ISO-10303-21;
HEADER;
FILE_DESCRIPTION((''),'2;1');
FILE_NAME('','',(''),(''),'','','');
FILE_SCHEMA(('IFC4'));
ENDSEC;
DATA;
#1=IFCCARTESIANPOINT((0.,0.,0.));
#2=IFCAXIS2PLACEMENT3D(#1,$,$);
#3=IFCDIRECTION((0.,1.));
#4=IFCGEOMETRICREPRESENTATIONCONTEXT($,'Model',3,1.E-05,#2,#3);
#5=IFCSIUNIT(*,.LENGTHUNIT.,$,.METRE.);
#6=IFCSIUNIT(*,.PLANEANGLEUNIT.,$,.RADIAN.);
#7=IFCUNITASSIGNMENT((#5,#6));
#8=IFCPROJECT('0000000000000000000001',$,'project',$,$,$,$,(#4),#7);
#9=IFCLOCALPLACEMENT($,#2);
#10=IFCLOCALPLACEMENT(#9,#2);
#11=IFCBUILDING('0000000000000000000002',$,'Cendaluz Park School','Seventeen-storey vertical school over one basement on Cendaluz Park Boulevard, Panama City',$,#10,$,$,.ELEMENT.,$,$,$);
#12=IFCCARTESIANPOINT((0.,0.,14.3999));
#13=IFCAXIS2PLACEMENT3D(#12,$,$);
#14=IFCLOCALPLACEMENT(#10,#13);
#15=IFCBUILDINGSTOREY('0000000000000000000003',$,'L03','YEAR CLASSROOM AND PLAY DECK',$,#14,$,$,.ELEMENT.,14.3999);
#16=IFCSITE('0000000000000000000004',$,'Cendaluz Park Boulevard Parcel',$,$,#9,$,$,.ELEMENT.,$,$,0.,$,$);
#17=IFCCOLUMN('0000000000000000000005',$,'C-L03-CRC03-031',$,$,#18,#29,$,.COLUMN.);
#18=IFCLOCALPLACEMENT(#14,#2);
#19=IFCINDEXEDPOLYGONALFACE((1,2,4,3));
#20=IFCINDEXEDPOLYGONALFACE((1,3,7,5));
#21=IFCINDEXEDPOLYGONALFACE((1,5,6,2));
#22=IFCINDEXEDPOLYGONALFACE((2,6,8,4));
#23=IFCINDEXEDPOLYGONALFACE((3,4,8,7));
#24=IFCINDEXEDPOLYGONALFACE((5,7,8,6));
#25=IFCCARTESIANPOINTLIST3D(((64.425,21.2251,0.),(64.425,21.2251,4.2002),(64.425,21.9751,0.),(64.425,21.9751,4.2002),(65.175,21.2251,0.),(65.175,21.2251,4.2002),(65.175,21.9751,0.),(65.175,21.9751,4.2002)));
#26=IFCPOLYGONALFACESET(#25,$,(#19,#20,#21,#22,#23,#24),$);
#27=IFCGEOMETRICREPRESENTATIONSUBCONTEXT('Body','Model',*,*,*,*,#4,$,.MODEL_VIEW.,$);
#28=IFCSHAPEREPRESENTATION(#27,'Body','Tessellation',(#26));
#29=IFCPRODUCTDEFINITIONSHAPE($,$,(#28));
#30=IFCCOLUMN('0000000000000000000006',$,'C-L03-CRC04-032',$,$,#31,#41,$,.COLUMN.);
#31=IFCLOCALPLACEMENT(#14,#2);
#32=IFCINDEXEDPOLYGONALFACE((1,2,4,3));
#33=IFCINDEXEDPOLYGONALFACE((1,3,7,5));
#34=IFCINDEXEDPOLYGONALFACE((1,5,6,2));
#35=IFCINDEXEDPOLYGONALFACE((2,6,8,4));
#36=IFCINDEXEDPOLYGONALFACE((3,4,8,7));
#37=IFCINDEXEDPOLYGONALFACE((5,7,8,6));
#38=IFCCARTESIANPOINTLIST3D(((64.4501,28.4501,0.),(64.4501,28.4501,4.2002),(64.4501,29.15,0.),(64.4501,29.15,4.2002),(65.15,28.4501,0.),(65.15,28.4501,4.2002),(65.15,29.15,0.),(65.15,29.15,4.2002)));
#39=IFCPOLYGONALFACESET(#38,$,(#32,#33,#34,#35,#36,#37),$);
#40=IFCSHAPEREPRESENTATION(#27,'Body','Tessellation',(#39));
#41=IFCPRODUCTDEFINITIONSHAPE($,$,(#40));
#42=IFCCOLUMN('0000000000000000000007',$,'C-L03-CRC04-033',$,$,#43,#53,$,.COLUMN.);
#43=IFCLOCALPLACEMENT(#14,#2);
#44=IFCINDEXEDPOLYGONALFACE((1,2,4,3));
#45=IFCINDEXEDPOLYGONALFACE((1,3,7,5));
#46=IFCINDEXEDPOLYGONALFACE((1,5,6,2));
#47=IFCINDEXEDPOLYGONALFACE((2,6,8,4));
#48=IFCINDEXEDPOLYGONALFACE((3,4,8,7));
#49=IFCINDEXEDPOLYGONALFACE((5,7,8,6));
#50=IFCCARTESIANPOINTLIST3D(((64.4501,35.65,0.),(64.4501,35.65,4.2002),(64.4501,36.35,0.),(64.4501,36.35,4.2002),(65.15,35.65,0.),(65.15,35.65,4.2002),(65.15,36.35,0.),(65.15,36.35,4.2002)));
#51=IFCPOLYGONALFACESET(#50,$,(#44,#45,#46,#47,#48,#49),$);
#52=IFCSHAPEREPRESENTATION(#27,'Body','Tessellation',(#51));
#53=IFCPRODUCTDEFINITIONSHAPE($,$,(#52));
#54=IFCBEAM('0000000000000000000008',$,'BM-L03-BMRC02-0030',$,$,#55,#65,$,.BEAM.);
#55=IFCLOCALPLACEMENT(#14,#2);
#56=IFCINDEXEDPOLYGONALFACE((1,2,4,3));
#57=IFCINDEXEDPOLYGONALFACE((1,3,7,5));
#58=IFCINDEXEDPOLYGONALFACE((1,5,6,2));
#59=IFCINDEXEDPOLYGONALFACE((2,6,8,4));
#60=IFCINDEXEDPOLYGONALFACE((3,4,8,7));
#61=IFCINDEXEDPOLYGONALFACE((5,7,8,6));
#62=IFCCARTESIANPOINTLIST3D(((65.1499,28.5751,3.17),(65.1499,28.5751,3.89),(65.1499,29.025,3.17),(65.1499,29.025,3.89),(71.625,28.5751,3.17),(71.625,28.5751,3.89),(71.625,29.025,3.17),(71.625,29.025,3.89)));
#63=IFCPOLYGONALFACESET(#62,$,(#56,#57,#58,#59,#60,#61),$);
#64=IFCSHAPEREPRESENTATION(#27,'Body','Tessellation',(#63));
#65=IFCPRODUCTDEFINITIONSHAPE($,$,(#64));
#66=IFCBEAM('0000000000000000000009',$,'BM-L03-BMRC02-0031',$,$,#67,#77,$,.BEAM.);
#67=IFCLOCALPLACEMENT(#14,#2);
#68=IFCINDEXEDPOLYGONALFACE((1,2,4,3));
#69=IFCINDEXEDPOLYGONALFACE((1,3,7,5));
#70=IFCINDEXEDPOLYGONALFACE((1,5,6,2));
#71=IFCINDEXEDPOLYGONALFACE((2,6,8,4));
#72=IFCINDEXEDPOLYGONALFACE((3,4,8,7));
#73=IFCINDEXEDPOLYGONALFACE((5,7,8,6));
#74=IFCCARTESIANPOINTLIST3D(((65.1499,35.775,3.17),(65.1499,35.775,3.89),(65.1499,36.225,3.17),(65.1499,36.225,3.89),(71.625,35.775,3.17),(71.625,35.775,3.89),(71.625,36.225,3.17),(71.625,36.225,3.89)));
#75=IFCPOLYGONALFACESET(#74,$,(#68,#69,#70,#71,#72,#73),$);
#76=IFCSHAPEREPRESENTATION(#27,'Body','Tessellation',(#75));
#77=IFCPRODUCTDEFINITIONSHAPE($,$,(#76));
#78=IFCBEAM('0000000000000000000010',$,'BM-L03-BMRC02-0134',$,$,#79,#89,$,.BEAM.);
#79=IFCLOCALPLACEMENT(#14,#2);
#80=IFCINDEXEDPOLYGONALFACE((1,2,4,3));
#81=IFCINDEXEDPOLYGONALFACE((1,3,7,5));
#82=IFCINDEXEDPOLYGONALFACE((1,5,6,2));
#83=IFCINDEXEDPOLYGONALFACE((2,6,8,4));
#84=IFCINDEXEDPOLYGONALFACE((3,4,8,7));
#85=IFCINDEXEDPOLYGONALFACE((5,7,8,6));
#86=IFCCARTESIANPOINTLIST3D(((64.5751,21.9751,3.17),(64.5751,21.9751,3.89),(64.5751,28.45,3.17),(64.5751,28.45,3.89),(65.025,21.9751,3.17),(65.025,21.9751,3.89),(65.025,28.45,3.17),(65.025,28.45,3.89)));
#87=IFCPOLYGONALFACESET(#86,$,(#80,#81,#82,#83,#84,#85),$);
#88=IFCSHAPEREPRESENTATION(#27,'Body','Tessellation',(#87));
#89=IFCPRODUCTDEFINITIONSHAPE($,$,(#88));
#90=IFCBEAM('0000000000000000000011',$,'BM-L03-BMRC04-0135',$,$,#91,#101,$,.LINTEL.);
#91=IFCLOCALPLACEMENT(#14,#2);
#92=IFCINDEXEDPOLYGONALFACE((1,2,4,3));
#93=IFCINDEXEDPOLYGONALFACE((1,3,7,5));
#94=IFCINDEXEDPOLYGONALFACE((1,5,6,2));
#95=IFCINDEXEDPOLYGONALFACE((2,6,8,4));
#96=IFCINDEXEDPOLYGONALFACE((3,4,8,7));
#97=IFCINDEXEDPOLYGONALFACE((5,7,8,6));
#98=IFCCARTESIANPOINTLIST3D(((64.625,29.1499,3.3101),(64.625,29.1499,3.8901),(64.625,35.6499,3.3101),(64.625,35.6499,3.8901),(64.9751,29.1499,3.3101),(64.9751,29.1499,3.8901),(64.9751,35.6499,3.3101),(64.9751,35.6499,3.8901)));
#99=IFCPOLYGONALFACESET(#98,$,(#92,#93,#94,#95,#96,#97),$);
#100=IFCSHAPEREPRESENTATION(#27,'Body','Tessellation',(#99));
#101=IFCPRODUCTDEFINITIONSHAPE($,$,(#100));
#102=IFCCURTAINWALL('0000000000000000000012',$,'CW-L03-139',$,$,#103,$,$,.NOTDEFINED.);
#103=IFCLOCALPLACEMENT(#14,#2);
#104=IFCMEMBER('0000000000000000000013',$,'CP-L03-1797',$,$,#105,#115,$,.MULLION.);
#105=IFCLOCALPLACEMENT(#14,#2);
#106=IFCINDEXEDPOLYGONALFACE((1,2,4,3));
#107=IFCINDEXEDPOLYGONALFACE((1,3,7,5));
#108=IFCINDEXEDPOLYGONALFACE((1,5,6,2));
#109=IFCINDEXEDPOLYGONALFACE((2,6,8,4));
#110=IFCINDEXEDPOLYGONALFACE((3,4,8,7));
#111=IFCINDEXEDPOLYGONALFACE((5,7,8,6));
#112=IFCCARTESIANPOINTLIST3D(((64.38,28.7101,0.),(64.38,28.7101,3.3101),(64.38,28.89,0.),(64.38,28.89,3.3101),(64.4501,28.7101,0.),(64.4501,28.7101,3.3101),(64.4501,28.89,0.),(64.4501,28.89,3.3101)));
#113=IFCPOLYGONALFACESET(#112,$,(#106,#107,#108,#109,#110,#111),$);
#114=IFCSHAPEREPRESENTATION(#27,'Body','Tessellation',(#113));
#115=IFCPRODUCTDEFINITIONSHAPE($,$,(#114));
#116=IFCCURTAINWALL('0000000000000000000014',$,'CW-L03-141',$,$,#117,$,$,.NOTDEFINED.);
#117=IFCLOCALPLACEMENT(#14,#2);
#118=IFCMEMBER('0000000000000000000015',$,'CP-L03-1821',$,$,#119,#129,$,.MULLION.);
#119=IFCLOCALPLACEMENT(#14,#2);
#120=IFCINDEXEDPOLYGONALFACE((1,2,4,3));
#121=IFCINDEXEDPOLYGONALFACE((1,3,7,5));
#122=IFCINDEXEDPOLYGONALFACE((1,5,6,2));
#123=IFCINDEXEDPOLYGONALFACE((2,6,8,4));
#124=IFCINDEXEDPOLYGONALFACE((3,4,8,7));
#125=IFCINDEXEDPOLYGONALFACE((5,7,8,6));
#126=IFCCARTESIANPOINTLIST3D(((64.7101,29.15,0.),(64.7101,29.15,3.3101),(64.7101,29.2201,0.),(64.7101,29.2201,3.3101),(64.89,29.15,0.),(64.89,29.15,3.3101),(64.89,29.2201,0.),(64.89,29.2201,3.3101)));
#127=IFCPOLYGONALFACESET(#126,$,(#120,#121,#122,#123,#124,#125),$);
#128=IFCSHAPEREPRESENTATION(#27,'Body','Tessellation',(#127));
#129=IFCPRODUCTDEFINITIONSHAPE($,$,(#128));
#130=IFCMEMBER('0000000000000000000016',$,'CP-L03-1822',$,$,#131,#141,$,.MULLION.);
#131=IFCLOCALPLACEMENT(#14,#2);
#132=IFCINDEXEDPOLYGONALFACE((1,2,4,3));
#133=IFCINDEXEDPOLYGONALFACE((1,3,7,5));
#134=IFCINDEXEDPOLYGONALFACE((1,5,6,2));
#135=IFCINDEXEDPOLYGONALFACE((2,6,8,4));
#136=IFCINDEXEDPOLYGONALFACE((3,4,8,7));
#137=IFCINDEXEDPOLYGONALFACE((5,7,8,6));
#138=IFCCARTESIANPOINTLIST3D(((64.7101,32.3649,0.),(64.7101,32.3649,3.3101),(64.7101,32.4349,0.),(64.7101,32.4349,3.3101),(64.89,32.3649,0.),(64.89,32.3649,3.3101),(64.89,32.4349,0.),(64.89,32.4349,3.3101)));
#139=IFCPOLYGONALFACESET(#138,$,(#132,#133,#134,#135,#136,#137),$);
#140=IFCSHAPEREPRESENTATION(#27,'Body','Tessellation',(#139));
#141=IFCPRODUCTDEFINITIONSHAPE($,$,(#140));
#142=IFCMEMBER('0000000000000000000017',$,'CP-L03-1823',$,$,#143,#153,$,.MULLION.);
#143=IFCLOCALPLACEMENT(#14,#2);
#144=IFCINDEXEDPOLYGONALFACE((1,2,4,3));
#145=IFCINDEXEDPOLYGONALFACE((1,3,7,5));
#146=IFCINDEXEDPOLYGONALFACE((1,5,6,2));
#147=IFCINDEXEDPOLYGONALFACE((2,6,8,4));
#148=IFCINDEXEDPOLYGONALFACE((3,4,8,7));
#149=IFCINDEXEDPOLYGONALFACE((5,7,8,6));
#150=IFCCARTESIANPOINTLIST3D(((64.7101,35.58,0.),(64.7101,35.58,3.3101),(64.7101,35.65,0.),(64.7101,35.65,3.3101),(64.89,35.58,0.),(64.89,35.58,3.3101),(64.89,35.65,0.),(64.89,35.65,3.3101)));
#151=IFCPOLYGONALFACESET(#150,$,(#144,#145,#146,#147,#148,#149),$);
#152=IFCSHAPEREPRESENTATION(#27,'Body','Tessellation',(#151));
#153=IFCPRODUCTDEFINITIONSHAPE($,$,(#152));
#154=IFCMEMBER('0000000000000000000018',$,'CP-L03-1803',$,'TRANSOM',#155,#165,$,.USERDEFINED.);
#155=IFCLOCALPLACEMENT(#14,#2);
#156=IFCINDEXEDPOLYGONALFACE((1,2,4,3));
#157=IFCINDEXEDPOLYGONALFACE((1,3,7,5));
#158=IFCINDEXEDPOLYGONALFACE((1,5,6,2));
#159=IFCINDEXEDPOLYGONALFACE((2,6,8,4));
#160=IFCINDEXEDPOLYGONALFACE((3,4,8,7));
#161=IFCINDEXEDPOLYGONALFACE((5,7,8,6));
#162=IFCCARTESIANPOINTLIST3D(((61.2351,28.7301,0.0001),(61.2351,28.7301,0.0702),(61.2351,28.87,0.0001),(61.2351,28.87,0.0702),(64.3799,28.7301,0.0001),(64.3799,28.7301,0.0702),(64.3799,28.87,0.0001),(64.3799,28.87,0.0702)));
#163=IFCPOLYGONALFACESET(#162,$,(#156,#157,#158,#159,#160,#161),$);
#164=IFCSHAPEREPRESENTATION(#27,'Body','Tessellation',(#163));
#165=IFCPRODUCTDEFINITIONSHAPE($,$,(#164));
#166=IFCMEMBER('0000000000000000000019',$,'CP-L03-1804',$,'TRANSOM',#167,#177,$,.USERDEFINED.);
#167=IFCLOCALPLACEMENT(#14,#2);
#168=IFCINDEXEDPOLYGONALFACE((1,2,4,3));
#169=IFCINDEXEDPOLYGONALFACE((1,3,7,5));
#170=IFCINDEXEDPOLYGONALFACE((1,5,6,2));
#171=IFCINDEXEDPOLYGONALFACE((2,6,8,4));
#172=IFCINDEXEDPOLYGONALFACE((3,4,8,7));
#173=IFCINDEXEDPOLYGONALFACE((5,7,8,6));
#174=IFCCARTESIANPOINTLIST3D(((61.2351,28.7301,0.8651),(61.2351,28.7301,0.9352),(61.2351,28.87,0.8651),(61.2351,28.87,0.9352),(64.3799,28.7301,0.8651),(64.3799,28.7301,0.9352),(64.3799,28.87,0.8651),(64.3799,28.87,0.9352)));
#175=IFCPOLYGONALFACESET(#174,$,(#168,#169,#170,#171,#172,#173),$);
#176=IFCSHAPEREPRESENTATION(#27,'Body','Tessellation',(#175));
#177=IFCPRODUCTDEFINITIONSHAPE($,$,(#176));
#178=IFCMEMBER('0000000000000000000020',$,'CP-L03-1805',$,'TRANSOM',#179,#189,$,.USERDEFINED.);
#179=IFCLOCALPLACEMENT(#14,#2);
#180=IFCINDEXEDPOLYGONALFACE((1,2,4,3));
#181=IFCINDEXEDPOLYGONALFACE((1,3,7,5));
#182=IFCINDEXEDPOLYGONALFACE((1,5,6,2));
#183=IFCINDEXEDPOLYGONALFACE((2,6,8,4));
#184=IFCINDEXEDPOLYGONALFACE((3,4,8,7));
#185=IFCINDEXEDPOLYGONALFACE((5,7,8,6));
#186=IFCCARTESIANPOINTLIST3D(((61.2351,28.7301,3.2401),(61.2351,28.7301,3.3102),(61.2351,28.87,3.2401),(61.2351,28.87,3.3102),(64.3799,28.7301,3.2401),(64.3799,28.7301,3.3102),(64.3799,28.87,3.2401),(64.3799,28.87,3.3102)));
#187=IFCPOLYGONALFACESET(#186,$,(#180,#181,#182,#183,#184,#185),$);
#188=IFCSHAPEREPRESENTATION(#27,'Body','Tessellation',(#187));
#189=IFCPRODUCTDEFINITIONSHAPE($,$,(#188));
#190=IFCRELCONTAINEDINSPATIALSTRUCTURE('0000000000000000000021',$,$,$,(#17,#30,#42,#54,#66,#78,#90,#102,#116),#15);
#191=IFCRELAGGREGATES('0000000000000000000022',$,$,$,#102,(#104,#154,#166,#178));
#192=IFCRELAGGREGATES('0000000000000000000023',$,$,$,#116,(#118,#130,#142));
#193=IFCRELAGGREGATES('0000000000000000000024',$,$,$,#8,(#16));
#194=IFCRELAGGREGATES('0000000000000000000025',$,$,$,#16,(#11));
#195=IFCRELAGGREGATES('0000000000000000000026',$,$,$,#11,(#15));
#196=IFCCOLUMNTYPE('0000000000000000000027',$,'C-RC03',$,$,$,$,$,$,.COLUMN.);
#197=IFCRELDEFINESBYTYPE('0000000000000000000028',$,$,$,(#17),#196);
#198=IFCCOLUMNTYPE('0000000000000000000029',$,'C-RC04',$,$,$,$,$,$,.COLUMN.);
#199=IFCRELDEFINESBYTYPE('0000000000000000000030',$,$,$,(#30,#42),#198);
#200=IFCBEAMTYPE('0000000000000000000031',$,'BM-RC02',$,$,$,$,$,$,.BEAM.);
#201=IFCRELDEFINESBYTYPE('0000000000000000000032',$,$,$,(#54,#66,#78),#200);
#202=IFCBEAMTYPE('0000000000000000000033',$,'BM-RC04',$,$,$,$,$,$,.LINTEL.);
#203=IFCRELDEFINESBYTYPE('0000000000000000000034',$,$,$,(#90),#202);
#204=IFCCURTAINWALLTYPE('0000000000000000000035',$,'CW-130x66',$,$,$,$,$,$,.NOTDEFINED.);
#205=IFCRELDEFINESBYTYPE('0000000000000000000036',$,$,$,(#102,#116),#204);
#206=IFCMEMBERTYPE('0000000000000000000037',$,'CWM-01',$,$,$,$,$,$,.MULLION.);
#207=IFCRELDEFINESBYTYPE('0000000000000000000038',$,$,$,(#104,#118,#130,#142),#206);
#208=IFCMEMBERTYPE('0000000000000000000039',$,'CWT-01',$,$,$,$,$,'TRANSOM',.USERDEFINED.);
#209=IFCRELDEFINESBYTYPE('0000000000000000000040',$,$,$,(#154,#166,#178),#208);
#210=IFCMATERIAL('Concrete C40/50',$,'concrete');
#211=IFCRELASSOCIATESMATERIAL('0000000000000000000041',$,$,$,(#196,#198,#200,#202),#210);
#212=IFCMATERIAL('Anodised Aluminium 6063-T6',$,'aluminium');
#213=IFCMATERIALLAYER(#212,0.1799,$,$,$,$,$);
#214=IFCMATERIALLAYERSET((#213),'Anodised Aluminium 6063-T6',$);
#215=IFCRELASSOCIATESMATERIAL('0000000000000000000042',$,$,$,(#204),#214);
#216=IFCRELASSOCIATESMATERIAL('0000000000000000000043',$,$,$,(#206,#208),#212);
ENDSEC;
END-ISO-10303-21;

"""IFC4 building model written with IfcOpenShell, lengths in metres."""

from ifc_helpers import new_model, si_unit, direction, frame, origin, origin_2d, place, context, subcontext, project, spatial, rectangle, extrude, material, layer, layer_set, material_profile, profile_set, type_object, element, aggregate, save


model = new_model("IFC4")

# Units and contexts
model_context = context("Model", 3, precision=1e-05, world=origin(), true_north=direction((0.0, 1.0)))
body_context = subcontext(model_context, "Body", "Model", "MODEL_VIEW")
ifc_project = project(units=[si_unit("LENGTHUNIT", "METRE"), si_unit("PLANEANGLEUNIT", "RADIAN")], contexts=[model_context])

# Site, building, storey
site_placement = place(None, origin())
site = spatial("IfcSite", under=ifc_project, at=site_placement, Name="Cendaluz Park Boulevard Parcel", CompositionType="ELEMENT", RefElevation=0.0)
building_placement = place(site_placement, origin())
building = spatial("IfcBuilding", under=site, at=building_placement, Name="Cendaluz Park School", Description="Seventeen-storey vertical school over one basement on Cendaluz Park Boulevard, Panama City", CompositionType="ELEMENT")
storey_placement = place(building_placement, frame((0.0, 0.0, 14.3999)))
storey = spatial("IfcBuildingStorey", under=building, at=storey_placement, Name="L03", Description="YEAR CLASSROOM AND PLAY DECK", CompositionType="ELEMENT", Elevation=14.3999)

# Columns
ifc_material_1 = material(Name="Concrete C40/50", Category="concrete")
ifc_material_profile_1 = material_profile(ifc_material_1, rectangle(XDim=0.75, YDim=0.75, at=origin_2d()), Name="RC 750x750", Category="concrete")
ifc_profile_set_1 = profile_set([ifc_material_profile_1], Name="Concrete C40/50")
column_type_1 = type_object("IfcColumnType", Name="C-RC03", PredefinedType="COLUMN", material=ifc_profile_set_1)
column_placement = place(storey_placement, frame((64.8, 21.6001, 0.0), z_axis=(0.0, 0.0, 1.0), x_axis=(1.0, 0.0, 0.0)))
element("IfcColumn", 1, at=column_placement, inside=storey, type_object=column_type_1, Name="C-L03-CRC03-031", PredefinedType="COLUMN", context=body_context, shape_type="SweptSolid", body=[
    extrude(rectangle(XDim=0.75, YDim=0.75, at=origin_2d()), origin(), (0.0, 0.0, 1.0), 4.2002),
])
ifc_material_profile_2 = material_profile(ifc_material_1, rectangle(XDim=0.7, YDim=0.7, at=origin_2d()), Name="RC 700x700", Category="concrete")
ifc_profile_set_2 = profile_set([ifc_material_profile_2], Name="Concrete C40/50")
column_type_2 = type_object("IfcColumnType", Name="C-RC04", PredefinedType="COLUMN", material=ifc_profile_set_2)
for number, where, z_axis, x_axis, name in (
    (2, (64.8, 28.8, 0.0), (0.0, 0.0, 1.0), (1.0, 0.0, 0.0), "C-L03-CRC04-032"),
    (3, (64.8, 36.0, 0.0), (0.0, 0.0, 1.0), (1.0, 0.0, 0.0), "C-L03-CRC04-033"),
):
    element("IfcColumn", number, at=place(storey_placement, frame(where, z_axis=z_axis, x_axis=x_axis)), inside=storey, type_object=column_type_2, Name=name, PredefinedType="COLUMN", context=body_context, shape_type="SweptSolid", body=[
        extrude(rectangle(XDim=0.7, YDim=0.7, at=origin_2d()), origin(), (0.0, 0.0, 1.0), 4.2002),
    ])

# Beams
ifc_material_profile_3 = material_profile(ifc_material_1, rectangle(XDim=0.45, YDim=0.72, at=origin_2d()), Name="RC 450x720", Category="concrete")
ifc_profile_set_3 = profile_set([ifc_material_profile_3], Name="Concrete C40/50")
beam_type_1 = type_object("IfcBeamType", Name="BM-RC02", PredefinedType="BEAM", material=ifc_profile_set_3)
for number, where, z_axis, x_axis, name in (
    (4, (65.1499, 28.8, 3.53), (1.0, 0.0, 0.0), (0.0, 1.0, 0.0), "BM-L03-BMRC02-0030"),
    (5, (65.1499, 36.0, 3.53), (1.0, 0.0, 0.0), (0.0, 1.0, 0.0), "BM-L03-BMRC02-0031"),
):
    element("IfcBeam", number, at=place(storey_placement, frame(where, z_axis=z_axis, x_axis=x_axis)), inside=storey, type_object=beam_type_1, Name=name, PredefinedType="BEAM", context=body_context, shape_type="SweptSolid", body=[
        extrude(rectangle(XDim=0.45, YDim=0.72, at=origin_2d()), origin(), (0.0, 0.0, 1.0), 6.4751),
    ])
beam_1_placement = place(storey_placement, frame((64.8, 21.9751, 3.53), z_axis=(0.0, 1.0, 0.0), x_axis=(-1.0, 0.0, 0.0)))
element("IfcBeam", 6, at=beam_1_placement, inside=storey, type_object=beam_type_1, Name="BM-L03-BMRC02-0134", PredefinedType="BEAM", context=body_context, shape_type="SweptSolid", body=[
    extrude(rectangle(XDim=0.45, YDim=0.72, at=origin_2d()), origin(), (0.0, 0.0, 1.0), 6.4749),
])
ifc_material_profile_4 = material_profile(ifc_material_1, rectangle(XDim=0.3501, YDim=0.5801, at=origin_2d()), Name="RC 350x580", Category="concrete")
ifc_profile_set_4 = profile_set([ifc_material_profile_4], Name="Concrete C40/50")
beam_type_2 = type_object("IfcBeamType", Name="BM-RC04", PredefinedType="LINTEL", material=ifc_profile_set_4)
beam_2_placement = place(storey_placement, frame((64.8, 29.1499, 3.6001), z_axis=(0.0, 1.0, 0.0), x_axis=(-1.0, 0.0, 0.0)))
element("IfcBeam", 7, at=beam_2_placement, inside=storey, type_object=beam_type_2, Name="BM-L03-BMRC04-0135", PredefinedType="LINTEL", context=body_context, shape_type="SweptSolid", body=[
    extrude(rectangle(XDim=0.3501, YDim=0.5801, at=origin_2d()), origin(), (0.0, 0.0, 1.0), 6.5),
])

# Curtain wall, member
ifc_material_2 = material(Name="Anodised Aluminium 6063-T6", Category="aluminium")
ifc_layer_1 = layer(ifc_material_2, 0.1799)
ifc_layer_set_1 = layer_set([ifc_layer_1], Name="Anodised Aluminium 6063-T6")
curtain_wall_type = type_object("IfcCurtainWallType", Name="CW-130x66", PredefinedType="NOTDEFINED", material=ifc_layer_set_1)
curtain_wall_1_placement = place(storey_placement, origin())
curtain_wall_1 = element("IfcCurtainWall", 8, at=curtain_wall_1_placement, inside=storey, type_object=curtain_wall_type, Name="CW-L03-139", PredefinedType="NOTDEFINED")
ifc_material_profile_5 = material_profile(ifc_material_2, rectangle(XDim=0.1799, YDim=0.0701, at=origin_2d()), Name="CWM 180x70", Category="aluminium")
ifc_profile_set_5 = profile_set([ifc_material_profile_5], Name="Anodised Aluminium 6063-T6")
member_type_1 = type_object("IfcMemberType", Name="CWM-01", PredefinedType="MULLION", material=ifc_profile_set_5)
member_1_placement = place(storey_placement, frame((64.415, 28.8, 0.0), z_axis=(0.0, 0.0, 1.0), x_axis=(0.0, 1.0, 0.0)))
member_1 = element("IfcMember", 9, at=member_1_placement, type_object=member_type_1, Name="CP-L03-1797", PredefinedType="MULLION", context=body_context, shape_type="SweptSolid", body=[
    extrude(rectangle(XDim=0.1799, YDim=0.0701, at=origin_2d()), origin(), (0.0, 0.0, 1.0), 3.3101),
])

# Curtain wall, members
curtain_wall_2_placement = place(storey_placement, origin())
curtain_wall_2 = element("IfcCurtainWall", 10, at=curtain_wall_2_placement, inside=storey, type_object=curtain_wall_type, Name="CW-L03-141", PredefinedType="NOTDEFINED")
member_2_placement = place(storey_placement, frame((64.8, 29.1851, 0.0), z_axis=(0.0, 0.0, 1.0), x_axis=(-1.0, 0.0, 0.0)))
member_2 = element("IfcMember", 11, at=member_2_placement, type_object=member_type_1, Name="CP-L03-1821", PredefinedType="MULLION", context=body_context, shape_type="SweptSolid", body=[
    extrude(rectangle(XDim=0.1799, YDim=0.0701, at=origin_2d()), origin(), (0.0, 0.0, 1.0), 3.3101),
])
member_3_placement = place(storey_placement, frame((64.8, 32.3999, 0.0), z_axis=(0.0, 0.0, 1.0), x_axis=(-1.0, 0.0, 0.0)))
member_3 = element("IfcMember", 12, at=member_3_placement, type_object=member_type_1, Name="CP-L03-1822", PredefinedType="MULLION", context=body_context, shape_type="SweptSolid", body=[
    extrude(rectangle(XDim=0.1799, YDim=0.0701, at=origin_2d()), origin(), (0.0, 0.0, 1.0), 3.3101),
])
member_4_placement = place(storey_placement, frame((64.8, 35.615, 0.0), z_axis=(0.0, 0.0, 1.0), x_axis=(-1.0, 0.0, 0.0)))
member_4 = element("IfcMember", 13, at=member_4_placement, type_object=member_type_1, Name="CP-L03-1823", PredefinedType="MULLION", context=body_context, shape_type="SweptSolid", body=[
    extrude(rectangle(XDim=0.1799, YDim=0.0701, at=origin_2d()), origin(), (0.0, 0.0, 1.0), 3.3101),
])

# Members
ifc_material_profile_6 = material_profile(ifc_material_2, rectangle(XDim=0.1399, YDim=0.0701, at=origin_2d()), Name="CWT 140x70", Category="aluminium")
ifc_profile_set_6 = profile_set([ifc_material_profile_6], Name="Anodised Aluminium 6063-T6")
member_type_2 = type_object("IfcMemberType", Name="CWT-01", ElementType="TRANSOM", PredefinedType="USERDEFINED", material=ifc_profile_set_6)
member_5_placement = place(storey_placement, frame((61.2351, 28.8, 0.0352), z_axis=(1.0, 0.0, 0.0), x_axis=(0.0, 1.0, 0.0)))
member_5 = element("IfcMember", 14, at=member_5_placement, type_object=member_type_2, Name="CP-L03-1803", ObjectType="TRANSOM", PredefinedType="USERDEFINED", context=body_context, shape_type="SweptSolid", body=[
    extrude(rectangle(XDim=0.1399, YDim=0.0701, at=origin_2d()), origin(), (0.0, 0.0, 1.0), 3.1448),
])
member_6_placement = place(storey_placement, frame((61.2351, 28.8, 0.9001), z_axis=(1.0, 0.0, 0.0), x_axis=(0.0, 1.0, 0.0)))
member_6 = element("IfcMember", 15, at=member_6_placement, type_object=member_type_2, Name="CP-L03-1804", ObjectType="TRANSOM", PredefinedType="USERDEFINED", context=body_context, shape_type="SweptSolid", body=[
    extrude(rectangle(XDim=0.1399, YDim=0.0701, at=origin_2d()), origin(), (0.0, 0.0, 1.0), 3.1448),
])
member_7_placement = place(storey_placement, frame((61.2351, 28.8, 3.2751), z_axis=(1.0, 0.0, 0.0), x_axis=(0.0, 1.0, 0.0)))
member_7 = element("IfcMember", 16, at=member_7_placement, type_object=member_type_2, Name="CP-L03-1805", ObjectType="TRANSOM", PredefinedType="USERDEFINED", context=body_context, shape_type="SweptSolid", body=[
    extrude(rectangle(XDim=0.1399, YDim=0.0701, at=origin_2d()), origin(), (0.0, 0.0, 1.0), 3.1448),
])

aggregate(curtain_wall_1, [member_1, member_5, member_6, member_7])
aggregate(curtain_wall_2, [member_2, member_3, member_4])

save(model, "model.ifc")
